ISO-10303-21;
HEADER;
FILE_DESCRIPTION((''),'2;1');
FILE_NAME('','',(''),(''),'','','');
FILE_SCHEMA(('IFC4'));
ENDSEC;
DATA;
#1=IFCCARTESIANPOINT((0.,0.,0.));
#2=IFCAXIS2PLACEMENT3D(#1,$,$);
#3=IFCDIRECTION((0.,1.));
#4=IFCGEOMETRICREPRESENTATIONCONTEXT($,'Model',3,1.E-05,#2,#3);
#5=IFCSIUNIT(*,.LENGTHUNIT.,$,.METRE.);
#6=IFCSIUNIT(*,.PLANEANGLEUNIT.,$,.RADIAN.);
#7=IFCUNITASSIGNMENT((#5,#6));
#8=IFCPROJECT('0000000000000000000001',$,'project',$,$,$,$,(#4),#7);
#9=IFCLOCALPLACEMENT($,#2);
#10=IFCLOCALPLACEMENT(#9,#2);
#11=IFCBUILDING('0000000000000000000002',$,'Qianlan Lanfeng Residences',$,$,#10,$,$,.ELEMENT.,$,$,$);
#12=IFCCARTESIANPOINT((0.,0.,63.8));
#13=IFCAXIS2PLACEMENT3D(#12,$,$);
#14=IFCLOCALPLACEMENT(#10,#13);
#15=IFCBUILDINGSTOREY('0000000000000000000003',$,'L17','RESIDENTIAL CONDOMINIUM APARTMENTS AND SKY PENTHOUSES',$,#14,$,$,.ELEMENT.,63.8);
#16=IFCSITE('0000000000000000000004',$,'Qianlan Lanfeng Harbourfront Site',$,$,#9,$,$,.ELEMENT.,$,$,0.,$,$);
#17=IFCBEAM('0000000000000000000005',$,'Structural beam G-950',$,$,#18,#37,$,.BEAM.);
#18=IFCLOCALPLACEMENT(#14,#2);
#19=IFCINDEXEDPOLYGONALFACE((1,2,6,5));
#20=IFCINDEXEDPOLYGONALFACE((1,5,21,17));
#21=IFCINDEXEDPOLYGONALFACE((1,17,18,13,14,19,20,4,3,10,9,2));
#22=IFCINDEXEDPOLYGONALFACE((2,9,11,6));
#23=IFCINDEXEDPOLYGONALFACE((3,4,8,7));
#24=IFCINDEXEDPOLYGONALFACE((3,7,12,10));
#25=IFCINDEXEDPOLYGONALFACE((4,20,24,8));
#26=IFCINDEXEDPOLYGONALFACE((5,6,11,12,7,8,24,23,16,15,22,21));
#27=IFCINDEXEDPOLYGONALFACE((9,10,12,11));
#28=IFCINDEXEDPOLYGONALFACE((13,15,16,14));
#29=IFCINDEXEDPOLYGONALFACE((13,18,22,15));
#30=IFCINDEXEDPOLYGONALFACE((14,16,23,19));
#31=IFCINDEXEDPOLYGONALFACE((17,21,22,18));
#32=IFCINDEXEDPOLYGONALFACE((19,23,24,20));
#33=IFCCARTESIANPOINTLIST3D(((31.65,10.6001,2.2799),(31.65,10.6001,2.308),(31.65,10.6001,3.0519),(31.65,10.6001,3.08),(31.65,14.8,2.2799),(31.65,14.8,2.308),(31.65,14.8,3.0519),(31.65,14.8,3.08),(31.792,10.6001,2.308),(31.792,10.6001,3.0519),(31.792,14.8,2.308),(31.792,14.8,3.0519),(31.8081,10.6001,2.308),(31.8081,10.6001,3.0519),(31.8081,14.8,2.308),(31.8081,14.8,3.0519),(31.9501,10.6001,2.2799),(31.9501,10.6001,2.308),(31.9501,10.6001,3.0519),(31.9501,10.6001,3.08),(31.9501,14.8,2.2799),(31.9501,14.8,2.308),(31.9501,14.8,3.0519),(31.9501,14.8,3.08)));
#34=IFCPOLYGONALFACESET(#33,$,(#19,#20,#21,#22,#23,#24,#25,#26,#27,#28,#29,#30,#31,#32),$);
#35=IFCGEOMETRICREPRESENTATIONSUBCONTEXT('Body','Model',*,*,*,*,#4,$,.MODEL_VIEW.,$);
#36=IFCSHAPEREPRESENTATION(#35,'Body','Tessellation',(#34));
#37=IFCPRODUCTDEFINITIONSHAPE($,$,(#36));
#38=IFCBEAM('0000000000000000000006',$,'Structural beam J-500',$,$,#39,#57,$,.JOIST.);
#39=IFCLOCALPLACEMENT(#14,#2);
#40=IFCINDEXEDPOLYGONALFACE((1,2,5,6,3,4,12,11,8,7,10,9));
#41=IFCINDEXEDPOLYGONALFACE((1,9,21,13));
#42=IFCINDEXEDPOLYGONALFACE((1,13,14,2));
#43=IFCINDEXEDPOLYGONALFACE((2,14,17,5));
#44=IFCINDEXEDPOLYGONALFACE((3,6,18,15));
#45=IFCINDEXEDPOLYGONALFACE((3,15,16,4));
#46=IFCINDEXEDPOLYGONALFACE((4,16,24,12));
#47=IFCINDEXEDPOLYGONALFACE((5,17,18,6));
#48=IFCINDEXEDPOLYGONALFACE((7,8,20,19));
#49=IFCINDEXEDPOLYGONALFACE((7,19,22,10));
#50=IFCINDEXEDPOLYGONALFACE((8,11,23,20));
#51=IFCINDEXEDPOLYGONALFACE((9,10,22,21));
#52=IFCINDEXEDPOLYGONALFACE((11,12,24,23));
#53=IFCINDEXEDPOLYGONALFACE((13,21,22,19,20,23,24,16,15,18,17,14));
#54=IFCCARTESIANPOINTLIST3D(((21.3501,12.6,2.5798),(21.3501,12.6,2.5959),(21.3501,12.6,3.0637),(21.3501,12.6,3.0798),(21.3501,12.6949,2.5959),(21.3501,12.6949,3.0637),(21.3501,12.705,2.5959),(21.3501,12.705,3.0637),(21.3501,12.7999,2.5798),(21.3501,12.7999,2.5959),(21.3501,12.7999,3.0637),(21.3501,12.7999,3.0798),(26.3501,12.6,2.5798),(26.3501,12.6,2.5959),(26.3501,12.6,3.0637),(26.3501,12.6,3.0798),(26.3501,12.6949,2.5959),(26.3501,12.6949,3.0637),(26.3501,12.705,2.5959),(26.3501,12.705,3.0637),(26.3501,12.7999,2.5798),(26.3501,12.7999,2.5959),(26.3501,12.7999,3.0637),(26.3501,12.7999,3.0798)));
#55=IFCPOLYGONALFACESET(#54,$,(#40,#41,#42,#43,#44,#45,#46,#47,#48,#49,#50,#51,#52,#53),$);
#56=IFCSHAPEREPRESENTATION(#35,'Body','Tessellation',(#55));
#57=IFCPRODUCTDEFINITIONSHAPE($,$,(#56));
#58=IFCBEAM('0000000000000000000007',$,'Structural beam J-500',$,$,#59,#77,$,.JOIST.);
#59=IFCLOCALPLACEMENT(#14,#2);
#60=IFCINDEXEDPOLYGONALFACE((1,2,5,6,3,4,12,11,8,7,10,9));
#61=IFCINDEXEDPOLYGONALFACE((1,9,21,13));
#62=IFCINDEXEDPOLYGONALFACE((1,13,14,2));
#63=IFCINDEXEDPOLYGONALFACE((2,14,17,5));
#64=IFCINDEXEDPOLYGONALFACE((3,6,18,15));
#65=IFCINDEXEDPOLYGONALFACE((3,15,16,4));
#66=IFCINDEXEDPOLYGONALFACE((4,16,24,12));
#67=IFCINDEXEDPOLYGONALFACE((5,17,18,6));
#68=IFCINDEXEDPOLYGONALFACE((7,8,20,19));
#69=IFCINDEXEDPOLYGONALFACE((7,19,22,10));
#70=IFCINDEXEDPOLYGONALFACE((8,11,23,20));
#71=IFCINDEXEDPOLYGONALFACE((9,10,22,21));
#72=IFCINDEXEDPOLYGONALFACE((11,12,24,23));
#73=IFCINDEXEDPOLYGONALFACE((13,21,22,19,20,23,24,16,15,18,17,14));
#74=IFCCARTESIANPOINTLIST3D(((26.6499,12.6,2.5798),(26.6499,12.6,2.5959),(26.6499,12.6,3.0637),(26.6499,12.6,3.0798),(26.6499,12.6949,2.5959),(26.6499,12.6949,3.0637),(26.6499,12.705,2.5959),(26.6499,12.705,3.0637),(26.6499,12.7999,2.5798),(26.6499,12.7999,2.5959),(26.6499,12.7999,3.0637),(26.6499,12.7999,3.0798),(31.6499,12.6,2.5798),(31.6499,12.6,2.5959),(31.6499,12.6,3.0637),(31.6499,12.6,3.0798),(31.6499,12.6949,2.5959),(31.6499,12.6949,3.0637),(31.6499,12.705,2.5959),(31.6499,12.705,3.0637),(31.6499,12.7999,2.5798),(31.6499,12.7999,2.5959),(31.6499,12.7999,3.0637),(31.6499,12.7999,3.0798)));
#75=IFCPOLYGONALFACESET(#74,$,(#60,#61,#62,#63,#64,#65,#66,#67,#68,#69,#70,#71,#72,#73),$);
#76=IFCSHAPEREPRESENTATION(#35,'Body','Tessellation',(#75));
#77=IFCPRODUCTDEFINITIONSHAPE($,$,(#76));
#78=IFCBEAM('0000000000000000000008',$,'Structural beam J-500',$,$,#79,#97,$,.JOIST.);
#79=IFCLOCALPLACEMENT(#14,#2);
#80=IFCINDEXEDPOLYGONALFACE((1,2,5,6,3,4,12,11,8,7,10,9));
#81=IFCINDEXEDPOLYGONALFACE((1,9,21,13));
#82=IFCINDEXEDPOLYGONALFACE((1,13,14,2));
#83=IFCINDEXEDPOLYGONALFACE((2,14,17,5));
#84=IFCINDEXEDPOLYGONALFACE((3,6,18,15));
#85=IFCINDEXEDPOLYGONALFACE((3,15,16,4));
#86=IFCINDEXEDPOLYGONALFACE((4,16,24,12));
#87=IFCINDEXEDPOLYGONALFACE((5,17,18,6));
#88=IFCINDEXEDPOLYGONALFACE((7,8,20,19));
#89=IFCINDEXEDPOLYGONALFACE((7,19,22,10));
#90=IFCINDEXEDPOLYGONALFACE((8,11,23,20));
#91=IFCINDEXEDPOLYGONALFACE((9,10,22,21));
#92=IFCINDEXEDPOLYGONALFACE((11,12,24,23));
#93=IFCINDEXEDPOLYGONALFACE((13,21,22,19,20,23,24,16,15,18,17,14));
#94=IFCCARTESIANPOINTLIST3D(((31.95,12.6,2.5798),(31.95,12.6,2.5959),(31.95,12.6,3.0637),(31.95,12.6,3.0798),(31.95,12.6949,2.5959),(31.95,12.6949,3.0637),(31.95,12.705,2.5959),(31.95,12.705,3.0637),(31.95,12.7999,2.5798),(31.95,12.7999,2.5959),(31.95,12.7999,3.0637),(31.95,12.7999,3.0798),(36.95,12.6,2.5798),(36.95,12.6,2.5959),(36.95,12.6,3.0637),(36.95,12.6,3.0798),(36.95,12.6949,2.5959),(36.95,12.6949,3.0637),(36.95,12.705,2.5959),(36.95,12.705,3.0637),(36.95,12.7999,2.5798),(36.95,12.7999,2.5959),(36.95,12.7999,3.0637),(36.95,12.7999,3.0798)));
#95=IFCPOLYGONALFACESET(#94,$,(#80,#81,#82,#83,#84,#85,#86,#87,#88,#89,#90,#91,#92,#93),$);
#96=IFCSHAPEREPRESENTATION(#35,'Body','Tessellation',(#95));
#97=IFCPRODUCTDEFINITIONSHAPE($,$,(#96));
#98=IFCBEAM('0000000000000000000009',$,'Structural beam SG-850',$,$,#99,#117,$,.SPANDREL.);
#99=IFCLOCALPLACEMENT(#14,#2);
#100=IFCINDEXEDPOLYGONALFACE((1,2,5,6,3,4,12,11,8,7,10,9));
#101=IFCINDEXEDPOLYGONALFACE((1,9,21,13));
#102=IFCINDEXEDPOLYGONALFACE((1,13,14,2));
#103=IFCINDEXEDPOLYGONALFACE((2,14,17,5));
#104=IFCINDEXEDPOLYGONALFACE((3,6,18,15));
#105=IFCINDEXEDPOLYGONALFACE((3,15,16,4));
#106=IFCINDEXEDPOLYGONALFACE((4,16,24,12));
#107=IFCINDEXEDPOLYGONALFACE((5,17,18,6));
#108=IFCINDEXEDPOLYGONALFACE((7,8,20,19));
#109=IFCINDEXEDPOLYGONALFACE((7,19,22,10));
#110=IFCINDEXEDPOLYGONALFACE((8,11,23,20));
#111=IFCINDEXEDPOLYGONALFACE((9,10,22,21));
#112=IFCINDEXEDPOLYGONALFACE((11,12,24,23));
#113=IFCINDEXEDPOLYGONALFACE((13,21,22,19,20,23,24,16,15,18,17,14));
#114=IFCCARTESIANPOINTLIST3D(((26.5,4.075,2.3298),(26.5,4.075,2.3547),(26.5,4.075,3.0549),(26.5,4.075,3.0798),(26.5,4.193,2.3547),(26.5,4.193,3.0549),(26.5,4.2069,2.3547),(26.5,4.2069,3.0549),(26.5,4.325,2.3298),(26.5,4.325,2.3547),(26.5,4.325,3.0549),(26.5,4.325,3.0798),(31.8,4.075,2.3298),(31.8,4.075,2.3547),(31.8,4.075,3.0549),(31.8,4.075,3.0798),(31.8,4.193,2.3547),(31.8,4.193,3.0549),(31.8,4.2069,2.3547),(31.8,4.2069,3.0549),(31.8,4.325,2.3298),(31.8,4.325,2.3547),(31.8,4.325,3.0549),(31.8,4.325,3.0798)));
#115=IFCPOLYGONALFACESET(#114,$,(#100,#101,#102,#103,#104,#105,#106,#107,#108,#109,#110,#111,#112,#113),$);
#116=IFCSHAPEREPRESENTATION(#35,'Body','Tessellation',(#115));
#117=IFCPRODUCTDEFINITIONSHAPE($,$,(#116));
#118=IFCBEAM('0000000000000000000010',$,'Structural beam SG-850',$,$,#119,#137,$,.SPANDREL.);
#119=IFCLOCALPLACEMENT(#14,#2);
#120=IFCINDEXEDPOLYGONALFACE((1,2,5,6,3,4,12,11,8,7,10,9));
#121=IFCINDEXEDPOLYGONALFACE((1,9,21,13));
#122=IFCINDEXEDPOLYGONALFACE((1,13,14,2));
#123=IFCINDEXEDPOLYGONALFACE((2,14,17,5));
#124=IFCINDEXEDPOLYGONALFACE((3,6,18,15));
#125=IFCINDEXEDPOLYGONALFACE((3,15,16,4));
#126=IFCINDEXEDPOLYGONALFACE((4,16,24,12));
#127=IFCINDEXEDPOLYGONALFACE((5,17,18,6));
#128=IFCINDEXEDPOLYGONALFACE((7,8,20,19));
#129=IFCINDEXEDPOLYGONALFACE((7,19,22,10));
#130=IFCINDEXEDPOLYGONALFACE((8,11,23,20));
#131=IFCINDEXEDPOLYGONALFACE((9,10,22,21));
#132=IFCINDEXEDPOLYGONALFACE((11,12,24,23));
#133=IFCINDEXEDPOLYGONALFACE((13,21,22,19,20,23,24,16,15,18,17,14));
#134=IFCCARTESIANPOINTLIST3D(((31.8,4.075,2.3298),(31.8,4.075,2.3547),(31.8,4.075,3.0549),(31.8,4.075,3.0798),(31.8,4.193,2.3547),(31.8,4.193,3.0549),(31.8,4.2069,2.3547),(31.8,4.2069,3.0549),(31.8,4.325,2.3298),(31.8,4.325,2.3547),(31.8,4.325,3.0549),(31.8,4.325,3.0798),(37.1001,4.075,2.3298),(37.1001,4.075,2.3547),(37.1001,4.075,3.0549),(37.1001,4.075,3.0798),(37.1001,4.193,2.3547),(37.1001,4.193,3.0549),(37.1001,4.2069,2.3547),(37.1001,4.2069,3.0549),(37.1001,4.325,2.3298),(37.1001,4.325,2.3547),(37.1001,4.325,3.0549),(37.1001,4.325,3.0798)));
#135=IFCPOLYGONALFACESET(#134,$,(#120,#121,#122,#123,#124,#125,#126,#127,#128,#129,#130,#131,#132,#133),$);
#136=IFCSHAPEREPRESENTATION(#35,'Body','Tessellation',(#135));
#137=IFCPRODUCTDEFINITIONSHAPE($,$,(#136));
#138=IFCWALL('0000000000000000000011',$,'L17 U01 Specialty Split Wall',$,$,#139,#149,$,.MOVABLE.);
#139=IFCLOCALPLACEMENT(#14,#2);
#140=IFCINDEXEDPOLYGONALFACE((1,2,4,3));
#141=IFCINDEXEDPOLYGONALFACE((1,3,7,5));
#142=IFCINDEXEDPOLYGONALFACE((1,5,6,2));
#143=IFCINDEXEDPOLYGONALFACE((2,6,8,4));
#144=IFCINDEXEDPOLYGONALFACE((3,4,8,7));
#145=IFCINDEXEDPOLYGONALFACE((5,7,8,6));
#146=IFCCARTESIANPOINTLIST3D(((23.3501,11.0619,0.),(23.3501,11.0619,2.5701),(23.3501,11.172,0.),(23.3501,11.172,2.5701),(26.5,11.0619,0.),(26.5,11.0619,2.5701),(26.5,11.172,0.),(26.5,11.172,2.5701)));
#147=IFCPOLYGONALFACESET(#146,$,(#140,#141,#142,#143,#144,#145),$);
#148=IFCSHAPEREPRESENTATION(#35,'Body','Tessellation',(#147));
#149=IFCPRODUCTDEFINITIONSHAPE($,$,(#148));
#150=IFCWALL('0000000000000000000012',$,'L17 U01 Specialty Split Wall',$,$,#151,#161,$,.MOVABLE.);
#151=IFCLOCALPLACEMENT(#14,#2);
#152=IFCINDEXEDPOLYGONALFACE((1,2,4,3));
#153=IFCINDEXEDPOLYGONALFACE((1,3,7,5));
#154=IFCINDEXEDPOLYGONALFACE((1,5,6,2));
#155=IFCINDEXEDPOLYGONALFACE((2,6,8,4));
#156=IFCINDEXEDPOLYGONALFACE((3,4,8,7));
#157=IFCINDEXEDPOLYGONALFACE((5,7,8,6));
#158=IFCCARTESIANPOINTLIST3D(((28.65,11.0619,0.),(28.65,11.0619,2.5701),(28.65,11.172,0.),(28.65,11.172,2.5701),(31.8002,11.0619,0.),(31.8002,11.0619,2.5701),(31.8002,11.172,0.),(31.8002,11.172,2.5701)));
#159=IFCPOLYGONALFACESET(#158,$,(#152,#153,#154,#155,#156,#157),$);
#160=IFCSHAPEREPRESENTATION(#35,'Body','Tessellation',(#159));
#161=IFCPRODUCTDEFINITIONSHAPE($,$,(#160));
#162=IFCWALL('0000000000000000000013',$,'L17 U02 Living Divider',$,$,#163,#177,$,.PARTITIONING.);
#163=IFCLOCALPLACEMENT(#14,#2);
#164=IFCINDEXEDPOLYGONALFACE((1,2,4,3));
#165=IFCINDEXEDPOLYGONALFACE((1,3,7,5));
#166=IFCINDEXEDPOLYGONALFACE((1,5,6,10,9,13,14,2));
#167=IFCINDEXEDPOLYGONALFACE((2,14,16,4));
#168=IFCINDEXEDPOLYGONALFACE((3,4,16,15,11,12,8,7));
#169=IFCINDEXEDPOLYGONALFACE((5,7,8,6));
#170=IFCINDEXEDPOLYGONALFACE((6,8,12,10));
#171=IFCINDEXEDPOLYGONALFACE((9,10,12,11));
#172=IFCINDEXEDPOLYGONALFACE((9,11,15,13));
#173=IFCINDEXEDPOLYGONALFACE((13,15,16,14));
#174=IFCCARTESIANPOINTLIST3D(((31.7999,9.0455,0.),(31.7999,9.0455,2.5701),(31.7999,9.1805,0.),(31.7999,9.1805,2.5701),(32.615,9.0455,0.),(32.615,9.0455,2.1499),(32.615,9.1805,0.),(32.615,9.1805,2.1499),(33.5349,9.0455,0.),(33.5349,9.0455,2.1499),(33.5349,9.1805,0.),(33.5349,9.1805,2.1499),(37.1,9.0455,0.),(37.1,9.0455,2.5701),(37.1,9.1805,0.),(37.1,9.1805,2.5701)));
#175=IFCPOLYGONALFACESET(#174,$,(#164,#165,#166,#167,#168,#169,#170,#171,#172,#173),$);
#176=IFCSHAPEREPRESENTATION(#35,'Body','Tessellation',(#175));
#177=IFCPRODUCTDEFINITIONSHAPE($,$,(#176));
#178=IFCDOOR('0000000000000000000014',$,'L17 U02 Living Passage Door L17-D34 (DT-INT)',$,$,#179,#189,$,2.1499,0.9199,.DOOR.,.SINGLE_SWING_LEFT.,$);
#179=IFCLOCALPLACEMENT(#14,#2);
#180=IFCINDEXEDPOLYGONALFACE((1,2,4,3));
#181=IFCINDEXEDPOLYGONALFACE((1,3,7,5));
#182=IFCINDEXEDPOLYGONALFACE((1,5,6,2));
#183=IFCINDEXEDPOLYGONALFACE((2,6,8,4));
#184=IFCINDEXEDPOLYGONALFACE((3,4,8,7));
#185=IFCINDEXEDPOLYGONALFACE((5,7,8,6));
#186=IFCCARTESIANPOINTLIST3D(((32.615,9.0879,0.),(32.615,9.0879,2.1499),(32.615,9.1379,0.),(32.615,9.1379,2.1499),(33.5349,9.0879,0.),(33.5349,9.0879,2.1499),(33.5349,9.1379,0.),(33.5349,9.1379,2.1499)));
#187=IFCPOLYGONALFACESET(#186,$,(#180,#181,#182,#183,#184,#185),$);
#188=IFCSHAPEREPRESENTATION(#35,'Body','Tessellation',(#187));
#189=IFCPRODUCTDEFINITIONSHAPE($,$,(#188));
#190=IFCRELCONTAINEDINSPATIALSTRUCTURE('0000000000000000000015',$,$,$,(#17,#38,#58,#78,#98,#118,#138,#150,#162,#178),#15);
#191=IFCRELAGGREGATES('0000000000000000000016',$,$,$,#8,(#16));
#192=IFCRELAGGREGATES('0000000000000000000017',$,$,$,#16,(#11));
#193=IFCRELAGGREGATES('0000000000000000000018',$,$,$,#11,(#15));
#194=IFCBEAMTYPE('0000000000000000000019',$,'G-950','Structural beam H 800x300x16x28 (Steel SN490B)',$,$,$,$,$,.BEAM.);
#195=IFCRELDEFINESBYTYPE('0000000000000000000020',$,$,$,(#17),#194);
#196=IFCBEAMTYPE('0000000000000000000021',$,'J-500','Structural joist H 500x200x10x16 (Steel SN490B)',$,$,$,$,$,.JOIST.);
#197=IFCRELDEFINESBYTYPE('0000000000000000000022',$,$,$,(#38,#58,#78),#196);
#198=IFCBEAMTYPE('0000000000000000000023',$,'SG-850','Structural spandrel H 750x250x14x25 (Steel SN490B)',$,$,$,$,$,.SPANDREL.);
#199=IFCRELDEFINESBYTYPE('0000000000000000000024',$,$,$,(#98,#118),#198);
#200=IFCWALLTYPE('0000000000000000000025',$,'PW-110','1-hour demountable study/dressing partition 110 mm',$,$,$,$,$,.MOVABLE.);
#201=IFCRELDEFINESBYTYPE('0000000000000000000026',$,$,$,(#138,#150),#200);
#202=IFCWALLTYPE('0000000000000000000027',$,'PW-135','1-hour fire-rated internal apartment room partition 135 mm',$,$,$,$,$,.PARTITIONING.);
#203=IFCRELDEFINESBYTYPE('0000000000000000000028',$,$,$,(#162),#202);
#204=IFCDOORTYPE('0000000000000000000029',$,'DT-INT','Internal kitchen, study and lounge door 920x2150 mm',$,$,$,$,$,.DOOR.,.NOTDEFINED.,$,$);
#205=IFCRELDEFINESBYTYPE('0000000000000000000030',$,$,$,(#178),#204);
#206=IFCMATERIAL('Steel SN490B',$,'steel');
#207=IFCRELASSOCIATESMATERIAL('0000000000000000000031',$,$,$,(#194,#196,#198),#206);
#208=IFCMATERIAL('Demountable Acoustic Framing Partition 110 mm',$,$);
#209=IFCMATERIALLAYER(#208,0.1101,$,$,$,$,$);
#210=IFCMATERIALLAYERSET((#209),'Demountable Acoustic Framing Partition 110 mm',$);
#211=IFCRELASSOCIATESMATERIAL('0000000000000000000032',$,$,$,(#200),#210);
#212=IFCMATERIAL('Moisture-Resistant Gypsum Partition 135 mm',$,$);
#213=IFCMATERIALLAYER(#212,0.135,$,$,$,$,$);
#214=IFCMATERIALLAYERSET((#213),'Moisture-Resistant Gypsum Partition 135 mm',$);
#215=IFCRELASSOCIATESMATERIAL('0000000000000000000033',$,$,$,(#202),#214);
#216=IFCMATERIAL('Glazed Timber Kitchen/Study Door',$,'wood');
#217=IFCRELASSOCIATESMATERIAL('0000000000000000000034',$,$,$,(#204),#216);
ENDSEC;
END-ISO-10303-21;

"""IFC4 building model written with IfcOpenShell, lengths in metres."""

from ifc_helpers import new_model, si_unit, direction, frame, frame_2d, origin, origin_2d, place, context, subcontext, project, spatial, rectangle, i_section, extrude, material, layer, layer_set, material_profile, profile_set, type_object, element, fill, save


model = new_model("IFC4")

# Units and contexts
model_context = context("Model", 3, precision=1e-05, world=origin(), true_north=direction((0.0, 1.0)))
body_context = subcontext(model_context, "Body", "Model", "MODEL_VIEW")
ifc_project = project(units=[si_unit("LENGTHUNIT", "METRE"), si_unit("PLANEANGLEUNIT", "RADIAN")], contexts=[model_context])

# Site, building, storey
site_placement = place(None, origin())
site = spatial("IfcSite", under=ifc_project, at=site_placement, Name="Qianlan Lanfeng Harbourfront Site", CompositionType="ELEMENT", RefElevation=0.0)
building_placement = place(site_placement, origin())
building = spatial("IfcBuilding", under=site, at=building_placement, Name="Qianlan Lanfeng Residences", CompositionType="ELEMENT")
storey_placement = place(building_placement, frame((0.0, 0.0, 63.8)))
storey = spatial("IfcBuildingStorey", under=building, at=storey_placement, Name="L17", Description="RESIDENTIAL CONDOMINIUM APARTMENTS AND SKY PENTHOUSES", CompositionType="ELEMENT", Elevation=63.8)

# Shared definitions
ifc_material_1 = material(Name="Steel SN490B", Category="steel")

# Beams
ifc_material_profile_1 = material_profile(ifc_material_1, i_section(OverallWidth=0.3, OverallDepth=0.8, WebThickness=0.0161, FlangeThickness=0.0281, at=origin_2d()), Name="H 800x300x16x28")
ifc_profile_set_1 = profile_set([ifc_material_profile_1], Name="Steel SN490B")
beam_type_1 = type_object("IfcBeamType", Name="G-950", Description="Structural beam H 800x300x16x28 (Steel SN490B)", PredefinedType="BEAM", material=ifc_profile_set_1)
beam_1_placement = place(storey_placement, frame((31.8, 10.6001, 2.6799), z_axis=(0.0, 1.0, 0.0), x_axis=(-1.0, 0.0, 0.0)))
element("IfcBeam", 1, at=beam_1_placement, inside=storey, type_object=beam_type_1, Name="Structural beam G-950", PredefinedType="BEAM", context=body_context, shape_type="SweptSolid", body=[
    extrude(i_section(OverallWidth=0.3, OverallDepth=0.8, WebThickness=0.0161, FlangeThickness=0.0281, at=origin_2d()), origin(), (0.0, 0.0, 1.0), 4.2),
])
ifc_material_profile_2 = material_profile(ifc_material_1, i_section(OverallWidth=0.2, OverallDepth=0.5, WebThickness=0.01, FlangeThickness=0.0161, at=origin_2d()), Name="H 500x200x10x16")
ifc_profile_set_2 = profile_set([ifc_material_profile_2], Name="Steel SN490B")
beam_type_2 = type_object("IfcBeamType", Name="J-500", Description="Structural joist H 500x200x10x16 (Steel SN490B)", PredefinedType="JOIST", material=ifc_profile_set_2)
for number, where, z_axis, x_axis, name in (
    (2, (21.3501, 12.7, 2.8298), (1.0, 0.0, 0.0), (0.0, 1.0, 0.0), "Structural beam J-500"),
    (3, (26.6499, 12.7, 2.8298), (1.0, 0.0, 0.0), (0.0, 1.0, 0.0), "Structural beam J-500"),
    (4, (31.95, 12.7, 2.8298), (1.0, 0.0, 0.0), (0.0, 1.0, 0.0), "Structural beam J-500"),
):
    element("IfcBeam", number, at=place(storey_placement, frame(where, z_axis=z_axis, x_axis=x_axis)), inside=storey, type_object=beam_type_2, Name=name, PredefinedType="JOIST", context=body_context, shape_type="SweptSolid", body=[
        extrude(i_section(OverallWidth=0.2, OverallDepth=0.5, WebThickness=0.01, FlangeThickness=0.0161, at=origin_2d()), origin(), (0.0, 0.0, 1.0), 5.0),
    ])
ifc_material_profile_3 = material_profile(ifc_material_1, i_section(OverallWidth=0.25, OverallDepth=0.75, WebThickness=0.0139, FlangeThickness=0.0249, at=origin_2d()), Name="H 750x250x14x25")
ifc_profile_set_3 = profile_set([ifc_material_profile_3], Name="Steel SN490B")
beam_type_3 = type_object("IfcBeamType", Name="SG-850", Description="Structural spandrel H 750x250x14x25 (Steel SN490B)", PredefinedType="SPANDREL", material=ifc_profile_set_3)
for number, where, z_axis, x_axis, name in (
    (5, (26.5, 4.2, 2.7048), (1.0, 0.0, 0.0), (0.0, 1.0, 0.0), "Structural beam SG-850"),
    (6, (31.8, 4.2, 2.7048), (1.0, 0.0, 0.0), (0.0, 1.0, 0.0), "Structural beam SG-850"),
):
    element("IfcBeam", number, at=place(storey_placement, frame(where, z_axis=z_axis, x_axis=x_axis)), inside=storey, type_object=beam_type_3, Name=name, PredefinedType="SPANDREL", context=body_context, shape_type="SweptSolid", body=[
        extrude(i_section(OverallWidth=0.25, OverallDepth=0.75, WebThickness=0.0139, FlangeThickness=0.0249, at=origin_2d()), origin(), (0.0, 0.0, 1.0), 5.3),
    ])

# Walls
ifc_material_2 = material(Name="Demountable Acoustic Framing Partition 110 mm")
ifc_layer_1 = layer(ifc_material_2, 0.1101)
ifc_layer_set_1 = layer_set([ifc_layer_1], Name="Demountable Acoustic Framing Partition 110 mm")
wall_type_1 = type_object("IfcWallType", Name="PW-110", Description="1-hour demountable study/dressing partition 110 mm", PredefinedType="MOVABLE", material=ifc_layer_set_1)
wall_1_placement = place(storey_placement, frame((23.3501, 11.1169, 0.0), z_axis=(0.0, 0.0, 1.0), x_axis=(1.0, 0.0, 0.0)))
element("IfcWall", 7, at=wall_1_placement, inside=storey, type_object=wall_type_1, Name="L17 U01 Specialty Split Wall", PredefinedType="MOVABLE", context=body_context, shape_type="SweptSolid", body=[
    extrude(rectangle(XDim=3.1499, YDim=0.1101, at=frame_2d((1.575, 0.0))), origin(), (0.0, 0.0, 1.0), 2.5701),
])
wall_2_placement = place(storey_placement, frame((28.6499, 11.1169, 0.0), z_axis=(0.0, 0.0, 1.0), x_axis=(1.0, 0.0, 0.0)))
element("IfcWall", 8, at=wall_2_placement, inside=storey, type_object=wall_type_1, Name="L17 U01 Specialty Split Wall", PredefinedType="MOVABLE", context=body_context, shape_type="SweptSolid", body=[
    extrude(rectangle(XDim=3.1501, YDim=0.1101, at=frame_2d((1.5752, 0.0))), origin(), (0.0, 0.0, 1.0), 2.5701),
])

# Wall, opening, door
ifc_material_3 = material(Name="Moisture-Resistant Gypsum Partition 135 mm")
ifc_layer_2 = layer(ifc_material_3, 0.135)
ifc_layer_set_2 = layer_set([ifc_layer_2], Name="Moisture-Resistant Gypsum Partition 135 mm")
wall_type_2 = type_object("IfcWallType", Name="PW-135", Description="1-hour fire-rated internal apartment room partition 135 mm", PredefinedType="PARTITIONING", material=ifc_layer_set_2)
wall_3_placement = place(storey_placement, frame((31.8, 9.113, 0.0), z_axis=(0.0, 0.0, 1.0), x_axis=(1.0, 0.0, 0.0)))
wall_3 = element("IfcWall", 9, at=wall_3_placement, inside=storey, type_object=wall_type_2, Name="L17 U02 Living Divider", PredefinedType="PARTITIONING", context=body_context, shape_type="SweptSolid", body=[
    extrude(rectangle(XDim=5.3, YDim=0.135, at=frame_2d((2.6499, 0.0))), origin(), (0.0, 0.0, 1.0), 2.5701),
])
opening_1_placement = place(wall_3_placement, frame((0.8149, 0.0, 0.0)))
opening_1 = element("IfcOpeningElement", 10, at=opening_1_placement, cuts=wall_3, PredefinedType="OPENING", context=body_context, shape_type="SweptSolid", body=[
    extrude(rectangle(XDim=0.9199, YDim=2.1499, at=frame_2d((0.46, 1.075))), frame((0.0, 0.0776, 0.0), z_axis=(0.0, -1.0, 0.0), x_axis=(1.0, 0.0, 0.0)), (0.0, 0.0, 1.0), 0.155),
])
ifc_material_4 = material(Name="Glazed Timber Kitchen/Study Door", Category="wood")
door_type_1 = type_object("IfcDoorType", Name="DT-INT", Description="Internal kitchen, study and lounge door 920x2150 mm", OperationType="NOTDEFINED", PredefinedType="DOOR", material=ifc_material_4)
door_1_placement = place(opening_1_placement, origin())
door_1 = element("IfcDoor", 11, at=door_1_placement, inside=storey, type_object=door_type_1, Name="L17 U02 Living Passage Door L17-D34 (DT-INT)", OperationType="SINGLE_SWING_LEFT", OverallHeight=2.1499, OverallWidth=0.9199, PredefinedType="DOOR", context=body_context, shape_type="SweptSolid", body=[
    extrude(rectangle(XDim=0.9199, YDim=2.1499, at=frame_2d((0.46, 1.075))), frame((0.0, 0.0249, 0.0), z_axis=(0.0, -1.0, 0.0), x_axis=(1.0, 0.0, 0.0)), (0.0, 0.0, 1.0), 0.05),
])
fill(opening_1, door_1)

save(model, "model.ifc")
